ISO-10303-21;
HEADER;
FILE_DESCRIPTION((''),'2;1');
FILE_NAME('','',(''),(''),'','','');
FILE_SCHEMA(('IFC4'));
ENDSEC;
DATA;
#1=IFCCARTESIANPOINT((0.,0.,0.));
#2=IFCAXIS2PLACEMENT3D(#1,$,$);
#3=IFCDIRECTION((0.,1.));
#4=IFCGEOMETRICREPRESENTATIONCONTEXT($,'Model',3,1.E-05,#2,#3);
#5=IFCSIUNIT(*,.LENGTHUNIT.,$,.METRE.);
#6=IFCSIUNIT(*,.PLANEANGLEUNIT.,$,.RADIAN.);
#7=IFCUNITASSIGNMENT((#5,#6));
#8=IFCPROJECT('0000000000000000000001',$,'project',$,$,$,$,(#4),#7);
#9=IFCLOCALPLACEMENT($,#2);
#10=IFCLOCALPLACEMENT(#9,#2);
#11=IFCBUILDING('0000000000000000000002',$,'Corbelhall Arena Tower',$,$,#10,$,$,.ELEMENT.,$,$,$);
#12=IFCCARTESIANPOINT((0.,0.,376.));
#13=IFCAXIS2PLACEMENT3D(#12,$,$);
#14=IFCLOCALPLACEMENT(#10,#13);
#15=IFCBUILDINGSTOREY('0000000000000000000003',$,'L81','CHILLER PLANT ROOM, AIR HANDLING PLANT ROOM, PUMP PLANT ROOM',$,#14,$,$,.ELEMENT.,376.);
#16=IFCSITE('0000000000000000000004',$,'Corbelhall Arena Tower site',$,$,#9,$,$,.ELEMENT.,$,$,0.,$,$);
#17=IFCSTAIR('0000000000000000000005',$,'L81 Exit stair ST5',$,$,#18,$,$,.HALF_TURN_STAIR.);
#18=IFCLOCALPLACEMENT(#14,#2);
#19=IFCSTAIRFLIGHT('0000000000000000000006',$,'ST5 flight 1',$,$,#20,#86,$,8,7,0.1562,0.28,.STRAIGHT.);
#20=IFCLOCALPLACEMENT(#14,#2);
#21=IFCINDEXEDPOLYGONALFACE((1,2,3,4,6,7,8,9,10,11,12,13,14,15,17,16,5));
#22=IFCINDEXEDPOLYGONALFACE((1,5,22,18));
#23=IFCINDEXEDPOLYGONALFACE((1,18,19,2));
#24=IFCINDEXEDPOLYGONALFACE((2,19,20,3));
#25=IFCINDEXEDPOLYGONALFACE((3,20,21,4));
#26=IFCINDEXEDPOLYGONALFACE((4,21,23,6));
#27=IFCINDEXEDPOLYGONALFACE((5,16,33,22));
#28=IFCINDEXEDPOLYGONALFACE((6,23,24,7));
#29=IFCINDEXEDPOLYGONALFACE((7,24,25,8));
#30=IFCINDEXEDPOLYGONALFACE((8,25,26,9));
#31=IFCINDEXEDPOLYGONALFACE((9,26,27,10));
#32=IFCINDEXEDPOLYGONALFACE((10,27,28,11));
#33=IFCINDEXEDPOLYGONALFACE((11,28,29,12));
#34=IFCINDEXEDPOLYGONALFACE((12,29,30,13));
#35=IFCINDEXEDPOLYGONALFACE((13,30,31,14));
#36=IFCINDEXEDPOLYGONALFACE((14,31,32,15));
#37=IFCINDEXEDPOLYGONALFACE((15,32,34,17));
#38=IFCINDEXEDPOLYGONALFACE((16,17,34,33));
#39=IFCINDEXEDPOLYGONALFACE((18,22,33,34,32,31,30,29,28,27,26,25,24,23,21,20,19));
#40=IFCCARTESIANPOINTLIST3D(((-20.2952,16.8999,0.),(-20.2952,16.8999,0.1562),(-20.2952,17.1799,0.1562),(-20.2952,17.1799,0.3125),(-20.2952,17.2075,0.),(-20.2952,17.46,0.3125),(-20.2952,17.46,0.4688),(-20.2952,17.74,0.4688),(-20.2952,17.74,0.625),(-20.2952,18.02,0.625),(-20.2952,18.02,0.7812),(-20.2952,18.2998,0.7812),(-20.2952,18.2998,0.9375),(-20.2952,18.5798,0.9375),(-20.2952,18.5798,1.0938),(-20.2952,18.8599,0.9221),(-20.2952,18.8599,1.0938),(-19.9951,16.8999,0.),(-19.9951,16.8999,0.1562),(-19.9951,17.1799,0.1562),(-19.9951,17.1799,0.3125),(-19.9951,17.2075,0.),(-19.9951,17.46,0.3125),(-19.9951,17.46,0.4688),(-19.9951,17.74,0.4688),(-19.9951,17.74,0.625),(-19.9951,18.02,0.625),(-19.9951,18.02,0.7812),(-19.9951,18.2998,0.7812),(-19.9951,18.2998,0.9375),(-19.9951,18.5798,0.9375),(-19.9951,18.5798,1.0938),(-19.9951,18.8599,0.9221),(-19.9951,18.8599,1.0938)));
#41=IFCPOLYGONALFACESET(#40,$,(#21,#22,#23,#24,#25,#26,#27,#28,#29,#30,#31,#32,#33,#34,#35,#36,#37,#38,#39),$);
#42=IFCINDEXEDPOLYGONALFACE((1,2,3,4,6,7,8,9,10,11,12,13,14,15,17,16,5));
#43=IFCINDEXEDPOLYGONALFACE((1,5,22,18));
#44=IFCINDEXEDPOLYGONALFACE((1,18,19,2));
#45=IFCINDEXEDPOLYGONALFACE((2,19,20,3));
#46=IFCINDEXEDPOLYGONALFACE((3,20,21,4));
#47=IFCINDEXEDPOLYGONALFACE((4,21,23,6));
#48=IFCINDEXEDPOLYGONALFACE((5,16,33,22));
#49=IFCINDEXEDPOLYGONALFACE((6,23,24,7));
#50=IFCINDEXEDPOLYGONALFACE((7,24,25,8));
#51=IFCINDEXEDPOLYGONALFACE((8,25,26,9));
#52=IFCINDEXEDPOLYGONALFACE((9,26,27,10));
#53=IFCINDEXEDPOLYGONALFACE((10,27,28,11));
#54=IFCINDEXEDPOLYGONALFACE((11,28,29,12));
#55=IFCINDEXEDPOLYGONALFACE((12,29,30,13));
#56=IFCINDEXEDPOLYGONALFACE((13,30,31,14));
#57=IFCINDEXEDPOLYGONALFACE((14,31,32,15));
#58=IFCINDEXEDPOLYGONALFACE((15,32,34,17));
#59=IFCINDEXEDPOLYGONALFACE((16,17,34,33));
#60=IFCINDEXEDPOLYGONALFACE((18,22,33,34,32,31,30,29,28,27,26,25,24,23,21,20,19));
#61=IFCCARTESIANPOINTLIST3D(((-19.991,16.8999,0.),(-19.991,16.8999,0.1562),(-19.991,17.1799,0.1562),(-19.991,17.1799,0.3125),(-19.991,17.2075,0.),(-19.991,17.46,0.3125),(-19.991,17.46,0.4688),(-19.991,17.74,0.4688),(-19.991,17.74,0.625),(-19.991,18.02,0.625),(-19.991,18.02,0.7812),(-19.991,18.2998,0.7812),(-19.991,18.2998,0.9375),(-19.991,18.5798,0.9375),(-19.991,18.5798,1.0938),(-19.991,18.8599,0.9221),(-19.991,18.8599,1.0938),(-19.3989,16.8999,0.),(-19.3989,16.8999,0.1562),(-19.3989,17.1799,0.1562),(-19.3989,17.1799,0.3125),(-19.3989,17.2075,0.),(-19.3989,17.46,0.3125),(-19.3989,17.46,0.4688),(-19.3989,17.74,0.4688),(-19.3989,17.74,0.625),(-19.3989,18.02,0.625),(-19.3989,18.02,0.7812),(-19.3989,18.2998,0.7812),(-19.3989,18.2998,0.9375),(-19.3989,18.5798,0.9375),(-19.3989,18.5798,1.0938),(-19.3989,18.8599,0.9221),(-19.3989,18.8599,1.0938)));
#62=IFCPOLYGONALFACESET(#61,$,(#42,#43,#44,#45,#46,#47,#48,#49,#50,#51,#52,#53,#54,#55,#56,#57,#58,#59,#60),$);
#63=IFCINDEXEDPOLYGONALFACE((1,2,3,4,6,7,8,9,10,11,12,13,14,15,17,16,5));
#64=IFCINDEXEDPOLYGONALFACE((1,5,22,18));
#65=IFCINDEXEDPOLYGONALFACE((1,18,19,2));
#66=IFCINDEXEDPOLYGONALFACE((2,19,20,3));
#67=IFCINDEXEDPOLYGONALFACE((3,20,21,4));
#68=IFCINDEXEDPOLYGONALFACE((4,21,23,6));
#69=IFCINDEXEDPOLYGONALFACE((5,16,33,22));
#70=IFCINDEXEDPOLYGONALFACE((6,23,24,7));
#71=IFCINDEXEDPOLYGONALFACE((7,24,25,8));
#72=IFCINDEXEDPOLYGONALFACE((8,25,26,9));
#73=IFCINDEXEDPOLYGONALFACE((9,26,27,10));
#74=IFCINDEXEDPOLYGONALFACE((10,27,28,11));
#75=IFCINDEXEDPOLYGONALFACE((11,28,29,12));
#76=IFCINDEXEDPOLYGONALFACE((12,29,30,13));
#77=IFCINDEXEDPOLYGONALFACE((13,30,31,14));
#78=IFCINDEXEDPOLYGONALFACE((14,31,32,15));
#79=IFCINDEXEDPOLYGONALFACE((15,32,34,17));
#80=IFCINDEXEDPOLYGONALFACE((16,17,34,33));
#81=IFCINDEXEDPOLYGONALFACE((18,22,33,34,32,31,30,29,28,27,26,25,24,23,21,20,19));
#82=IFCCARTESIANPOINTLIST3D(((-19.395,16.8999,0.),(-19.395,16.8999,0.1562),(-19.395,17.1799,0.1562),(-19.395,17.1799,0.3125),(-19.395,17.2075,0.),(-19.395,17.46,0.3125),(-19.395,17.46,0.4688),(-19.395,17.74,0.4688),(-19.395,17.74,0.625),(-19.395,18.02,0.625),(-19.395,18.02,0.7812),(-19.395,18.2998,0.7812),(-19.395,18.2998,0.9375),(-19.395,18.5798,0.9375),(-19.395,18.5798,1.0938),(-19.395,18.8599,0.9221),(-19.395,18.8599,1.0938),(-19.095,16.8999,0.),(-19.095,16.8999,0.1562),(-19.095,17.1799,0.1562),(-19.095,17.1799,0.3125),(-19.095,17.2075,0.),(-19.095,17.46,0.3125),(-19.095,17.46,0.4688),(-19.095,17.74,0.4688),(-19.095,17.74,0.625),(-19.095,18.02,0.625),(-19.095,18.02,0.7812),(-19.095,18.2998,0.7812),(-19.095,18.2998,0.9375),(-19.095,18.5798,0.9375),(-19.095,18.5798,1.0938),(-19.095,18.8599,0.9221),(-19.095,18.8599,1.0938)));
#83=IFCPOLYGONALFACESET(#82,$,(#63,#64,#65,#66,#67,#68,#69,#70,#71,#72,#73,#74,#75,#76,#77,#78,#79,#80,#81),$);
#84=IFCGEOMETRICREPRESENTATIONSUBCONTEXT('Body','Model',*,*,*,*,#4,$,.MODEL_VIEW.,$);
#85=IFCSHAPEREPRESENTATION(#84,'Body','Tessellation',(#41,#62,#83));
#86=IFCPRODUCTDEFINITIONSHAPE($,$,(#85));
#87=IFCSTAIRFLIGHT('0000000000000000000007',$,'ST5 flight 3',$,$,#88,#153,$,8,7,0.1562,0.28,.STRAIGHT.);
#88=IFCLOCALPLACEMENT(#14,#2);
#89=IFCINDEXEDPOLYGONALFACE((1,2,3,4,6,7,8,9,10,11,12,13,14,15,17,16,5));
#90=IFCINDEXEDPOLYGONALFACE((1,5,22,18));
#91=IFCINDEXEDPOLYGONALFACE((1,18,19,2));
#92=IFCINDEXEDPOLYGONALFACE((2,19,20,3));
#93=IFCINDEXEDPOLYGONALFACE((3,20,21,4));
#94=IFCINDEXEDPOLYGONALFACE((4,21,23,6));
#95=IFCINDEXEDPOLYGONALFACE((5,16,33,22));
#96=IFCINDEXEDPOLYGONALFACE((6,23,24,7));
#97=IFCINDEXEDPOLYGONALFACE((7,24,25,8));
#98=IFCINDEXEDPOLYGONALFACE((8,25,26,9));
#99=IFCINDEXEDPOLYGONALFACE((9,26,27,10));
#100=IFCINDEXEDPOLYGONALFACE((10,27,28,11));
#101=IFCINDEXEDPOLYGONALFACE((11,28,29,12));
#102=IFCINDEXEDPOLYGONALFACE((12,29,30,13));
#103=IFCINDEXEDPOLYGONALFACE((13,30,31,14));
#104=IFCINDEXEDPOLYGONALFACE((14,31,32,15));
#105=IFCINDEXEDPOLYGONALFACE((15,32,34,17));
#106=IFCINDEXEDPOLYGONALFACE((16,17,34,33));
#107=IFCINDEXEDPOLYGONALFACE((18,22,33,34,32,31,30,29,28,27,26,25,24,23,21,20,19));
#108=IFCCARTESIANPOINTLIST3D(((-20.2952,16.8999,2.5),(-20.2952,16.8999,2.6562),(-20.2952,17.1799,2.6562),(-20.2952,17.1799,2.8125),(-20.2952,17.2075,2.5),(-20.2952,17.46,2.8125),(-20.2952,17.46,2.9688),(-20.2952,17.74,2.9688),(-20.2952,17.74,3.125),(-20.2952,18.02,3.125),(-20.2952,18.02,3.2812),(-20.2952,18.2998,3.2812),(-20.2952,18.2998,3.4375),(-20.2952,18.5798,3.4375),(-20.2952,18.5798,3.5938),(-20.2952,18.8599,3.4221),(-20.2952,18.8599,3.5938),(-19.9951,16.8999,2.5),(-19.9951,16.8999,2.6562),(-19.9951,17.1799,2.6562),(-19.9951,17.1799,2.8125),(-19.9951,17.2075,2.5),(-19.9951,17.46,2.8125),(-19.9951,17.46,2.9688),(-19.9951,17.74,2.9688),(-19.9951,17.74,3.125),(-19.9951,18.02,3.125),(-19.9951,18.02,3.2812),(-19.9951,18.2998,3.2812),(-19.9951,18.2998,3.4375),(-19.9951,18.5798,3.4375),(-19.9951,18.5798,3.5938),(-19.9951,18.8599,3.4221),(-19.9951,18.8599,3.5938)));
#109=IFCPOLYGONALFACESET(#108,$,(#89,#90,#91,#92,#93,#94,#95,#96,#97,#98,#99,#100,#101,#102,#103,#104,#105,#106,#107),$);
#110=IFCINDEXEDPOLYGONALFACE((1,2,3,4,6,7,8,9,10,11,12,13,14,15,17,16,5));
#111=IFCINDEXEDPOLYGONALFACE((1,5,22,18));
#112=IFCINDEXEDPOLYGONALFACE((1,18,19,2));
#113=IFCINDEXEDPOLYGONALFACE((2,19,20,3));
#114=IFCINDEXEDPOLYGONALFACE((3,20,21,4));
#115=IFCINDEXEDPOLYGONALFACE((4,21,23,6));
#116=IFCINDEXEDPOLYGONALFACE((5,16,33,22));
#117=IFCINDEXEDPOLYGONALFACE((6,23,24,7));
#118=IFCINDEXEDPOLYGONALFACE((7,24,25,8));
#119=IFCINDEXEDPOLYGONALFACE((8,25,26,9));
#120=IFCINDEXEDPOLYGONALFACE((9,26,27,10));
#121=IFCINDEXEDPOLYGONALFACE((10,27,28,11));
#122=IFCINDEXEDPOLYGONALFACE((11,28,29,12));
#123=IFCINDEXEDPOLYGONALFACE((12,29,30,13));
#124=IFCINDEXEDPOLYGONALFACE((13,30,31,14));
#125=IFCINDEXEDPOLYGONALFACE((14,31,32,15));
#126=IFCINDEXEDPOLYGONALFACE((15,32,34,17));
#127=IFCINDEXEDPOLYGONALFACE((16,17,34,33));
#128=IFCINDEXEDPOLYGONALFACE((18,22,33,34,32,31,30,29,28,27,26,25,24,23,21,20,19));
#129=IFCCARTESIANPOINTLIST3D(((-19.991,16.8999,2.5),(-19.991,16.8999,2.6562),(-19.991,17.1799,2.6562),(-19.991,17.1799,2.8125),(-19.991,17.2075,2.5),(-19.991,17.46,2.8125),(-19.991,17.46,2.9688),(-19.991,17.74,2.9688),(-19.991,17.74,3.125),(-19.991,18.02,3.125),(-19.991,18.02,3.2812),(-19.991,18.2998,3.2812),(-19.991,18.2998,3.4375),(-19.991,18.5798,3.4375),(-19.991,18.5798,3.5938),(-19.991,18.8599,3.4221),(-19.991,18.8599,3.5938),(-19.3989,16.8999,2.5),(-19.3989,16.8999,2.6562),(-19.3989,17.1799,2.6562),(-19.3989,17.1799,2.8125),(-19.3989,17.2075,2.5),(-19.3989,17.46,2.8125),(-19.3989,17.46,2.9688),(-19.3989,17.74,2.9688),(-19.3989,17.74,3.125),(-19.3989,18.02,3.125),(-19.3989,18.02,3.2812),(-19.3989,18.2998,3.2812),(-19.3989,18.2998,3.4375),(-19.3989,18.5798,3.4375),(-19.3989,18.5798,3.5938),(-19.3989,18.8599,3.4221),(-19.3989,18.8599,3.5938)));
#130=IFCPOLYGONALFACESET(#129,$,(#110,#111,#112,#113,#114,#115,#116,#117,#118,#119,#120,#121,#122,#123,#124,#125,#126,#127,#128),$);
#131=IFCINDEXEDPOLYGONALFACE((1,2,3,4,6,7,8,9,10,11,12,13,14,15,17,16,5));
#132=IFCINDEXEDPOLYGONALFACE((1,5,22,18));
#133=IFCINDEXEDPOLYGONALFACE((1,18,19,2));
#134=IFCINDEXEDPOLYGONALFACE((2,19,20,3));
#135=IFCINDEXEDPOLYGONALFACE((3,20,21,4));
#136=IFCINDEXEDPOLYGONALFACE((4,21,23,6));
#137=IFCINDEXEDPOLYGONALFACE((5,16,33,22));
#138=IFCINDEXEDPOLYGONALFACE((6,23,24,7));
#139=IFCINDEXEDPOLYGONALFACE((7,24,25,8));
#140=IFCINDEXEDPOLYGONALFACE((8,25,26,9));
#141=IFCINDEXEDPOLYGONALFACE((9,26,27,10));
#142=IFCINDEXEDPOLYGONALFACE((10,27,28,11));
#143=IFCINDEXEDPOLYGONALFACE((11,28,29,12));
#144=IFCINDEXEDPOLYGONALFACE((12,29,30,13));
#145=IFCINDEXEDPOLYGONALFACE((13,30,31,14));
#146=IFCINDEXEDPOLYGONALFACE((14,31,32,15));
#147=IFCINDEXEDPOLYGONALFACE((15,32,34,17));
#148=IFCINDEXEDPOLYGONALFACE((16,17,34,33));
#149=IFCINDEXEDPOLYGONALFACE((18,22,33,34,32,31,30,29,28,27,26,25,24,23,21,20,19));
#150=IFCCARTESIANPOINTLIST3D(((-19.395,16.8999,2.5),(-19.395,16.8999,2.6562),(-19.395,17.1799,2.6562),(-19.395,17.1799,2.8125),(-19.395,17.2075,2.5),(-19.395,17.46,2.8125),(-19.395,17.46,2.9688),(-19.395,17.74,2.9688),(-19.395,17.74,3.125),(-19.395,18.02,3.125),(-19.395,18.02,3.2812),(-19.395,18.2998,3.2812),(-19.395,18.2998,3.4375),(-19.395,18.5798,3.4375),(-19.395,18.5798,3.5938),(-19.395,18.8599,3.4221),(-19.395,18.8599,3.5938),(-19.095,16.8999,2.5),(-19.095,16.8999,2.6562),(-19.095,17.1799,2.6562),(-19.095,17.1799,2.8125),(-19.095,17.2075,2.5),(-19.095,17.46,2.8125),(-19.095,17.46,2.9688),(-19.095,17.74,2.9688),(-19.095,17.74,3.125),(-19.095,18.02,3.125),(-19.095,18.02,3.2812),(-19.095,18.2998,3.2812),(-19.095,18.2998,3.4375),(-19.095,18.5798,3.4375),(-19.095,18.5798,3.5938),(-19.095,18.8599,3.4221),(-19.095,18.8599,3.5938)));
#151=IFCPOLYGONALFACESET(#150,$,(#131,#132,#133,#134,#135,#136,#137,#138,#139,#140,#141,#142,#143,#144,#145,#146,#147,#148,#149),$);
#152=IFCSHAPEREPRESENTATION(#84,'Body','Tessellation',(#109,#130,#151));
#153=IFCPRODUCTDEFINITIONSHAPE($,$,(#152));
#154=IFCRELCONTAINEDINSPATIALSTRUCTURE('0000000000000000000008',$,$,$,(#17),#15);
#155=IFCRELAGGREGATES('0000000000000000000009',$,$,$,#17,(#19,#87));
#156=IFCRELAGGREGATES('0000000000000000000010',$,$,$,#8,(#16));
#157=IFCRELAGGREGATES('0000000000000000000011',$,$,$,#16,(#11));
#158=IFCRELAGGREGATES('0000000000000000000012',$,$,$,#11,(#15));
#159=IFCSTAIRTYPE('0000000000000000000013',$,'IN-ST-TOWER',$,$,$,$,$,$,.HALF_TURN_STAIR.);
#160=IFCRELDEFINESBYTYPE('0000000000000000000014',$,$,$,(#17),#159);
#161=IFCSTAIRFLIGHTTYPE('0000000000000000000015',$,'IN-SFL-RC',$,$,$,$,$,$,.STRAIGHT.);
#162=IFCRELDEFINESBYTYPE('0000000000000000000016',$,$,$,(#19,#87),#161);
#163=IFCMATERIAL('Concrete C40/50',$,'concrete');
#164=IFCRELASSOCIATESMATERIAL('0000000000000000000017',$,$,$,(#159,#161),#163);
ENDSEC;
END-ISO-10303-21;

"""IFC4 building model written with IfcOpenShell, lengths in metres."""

from ifc_helpers import new_model, si_unit, direction, frame, origin, place, context, subcontext, project, spatial, polyline, outline, extrude, material, type_object, element, aggregate, save


model = new_model("IFC4")

# Units and contexts
model_context = context("Model", 3, precision=1e-05, world=origin(), true_north=direction((0.0, 1.0)))
body_context = subcontext(model_context, "Body", "Model", "MODEL_VIEW")
ifc_project = project(units=[si_unit("LENGTHUNIT", "METRE"), si_unit("PLANEANGLEUNIT", "RADIAN")], contexts=[model_context])

# Site, building, storey
site_placement = place(None, origin())
site = spatial("IfcSite", under=ifc_project, at=site_placement, Name="Corbelhall Arena Tower site", CompositionType="ELEMENT", RefElevation=0.0)
building_placement = place(site_placement, origin())
building = spatial("IfcBuilding", under=site, at=building_placement, Name="Corbelhall Arena Tower", CompositionType="ELEMENT")
storey_placement = place(building_placement, frame((0.0, 0.0, 376.0)))
storey = spatial("IfcBuildingStorey", under=building, at=storey_placement, Name="L81", Description="CHILLER PLANT ROOM, AIR HANDLING PLANT ROOM, PUMP PLANT ROOM", CompositionType="ELEMENT", Elevation=376.0)

# Shared definitions
ifc_material_1 = material(Name="Concrete C40/50", Category="concrete")

# Stair, stair flights
stair_type = type_object("IfcStairType", Name="IN-ST-TOWER", PredefinedType="HALF_TURN_STAIR", material=ifc_material_1)
stair_placement = place(storey_placement, origin())
stair = element("IfcStair", 1, at=stair_placement, inside=storey, type_object=stair_type, Name="L81 Exit stair ST5", PredefinedType="HALF_TURN_STAIR")
stair_flight_type = type_object("IfcStairFlightType", Name="IN-SFL-RC", PredefinedType="STRAIGHT", material=ifc_material_1)
stair_flight_1_placement = place(storey_placement, frame((-19.6951, 16.8999, 0.0), z_axis=(0.0, 0.0, 1.0), x_axis=(0.0, 1.0, 0.0)))
stair_flight_1 = element("IfcStairFlight", 2, at=stair_flight_1_placement, type_object=stair_flight_type, Name="ST5 flight 1", NumberOfRisers=8, NumberOfTreads=7, PredefinedType="STRAIGHT", RiserHeight=0.1562, TreadLength=0.28, context=body_context, shape_type="SweptSolid", body=[
    extrude(outline(polyline([(0.0, 0.0), (0.0, 0.1562), (0.28, 0.1562), (0.28, 0.3125), (0.5601, 0.3125), (0.5601, 0.4688), (0.8401, 0.4688), (0.8401, 0.625), (1.1201, 0.625), (1.1201, 0.7812), (1.3999, 0.7812), (1.3999, 0.9375), (1.6799, 0.9375), (1.6799, 1.0938), (1.96, 1.0938), (1.96, 1.25), (1.96, 0.9221), (0.3076, 0.0), (0.0, 0.0)])), frame((0.0, 0.6001, 0.0), z_axis=(0.0, -1.0, 0.0), x_axis=(1.0, 0.0, 0.0)), (0.0, 0.0, 1.0), 0.3),
    extrude(outline(polyline([(0.0, 0.0), (0.0, 0.1562), (0.28, 0.1562), (0.28, 0.3125), (0.5601, 0.3125), (0.5601, 0.4688), (0.8401, 0.4688), (0.8401, 0.625), (1.1201, 0.625), (1.1201, 0.7812), (1.3999, 0.7812), (1.3999, 0.9375), (1.6799, 0.9375), (1.6799, 1.0938), (1.96, 1.0938), (1.96, 1.25), (1.96, 0.9221), (0.3076, 0.0), (0.0, 0.0)])), frame((0.0, 0.2959, 0.0), z_axis=(0.0, -1.0, 0.0), x_axis=(1.0, 0.0, 0.0)), (0.0, 0.0, 1.0), 0.592),
    extrude(outline(polyline([(0.0, 0.0), (0.0, 0.1562), (0.28, 0.1562), (0.28, 0.3125), (0.5601, 0.3125), (0.5601, 0.4688), (0.8401, 0.4688), (0.8401, 0.625), (1.1201, 0.625), (1.1201, 0.7812), (1.3999, 0.7812), (1.3999, 0.9375), (1.6799, 0.9375), (1.6799, 1.0938), (1.96, 1.0938), (1.96, 1.25), (1.96, 0.9221), (0.3076, 0.0), (0.0, 0.0)])), frame((0.0, -0.3, 0.0), z_axis=(0.0, -1.0, 0.0), x_axis=(1.0, 0.0, 0.0)), (0.0, 0.0, 1.0), 0.3),
])
stair_flight_2_placement = place(storey_placement, frame((-19.6951, 16.8999, 2.5), z_axis=(0.0, 0.0, 1.0), x_axis=(0.0, 1.0, 0.0)))
stair_flight_2 = element("IfcStairFlight", 3, at=stair_flight_2_placement, type_object=stair_flight_type, Name="ST5 flight 3", NumberOfRisers=8, NumberOfTreads=7, PredefinedType="STRAIGHT", RiserHeight=0.1562, TreadLength=0.28, context=body_context, shape_type="SweptSolid", body=[
    extrude(outline(polyline([(0.0, 0.0), (0.0, 0.1562), (0.28, 0.1562), (0.28, 0.3125), (0.5601, 0.3125), (0.5601, 0.4688), (0.8401, 0.4688), (0.8401, 0.625), (1.1201, 0.625), (1.1201, 0.7812), (1.3999, 0.7812), (1.3999, 0.9375), (1.6799, 0.9375), (1.6799, 1.0938), (1.96, 1.0938), (1.96, 1.25), (1.96, 0.9221), (0.3076, 0.0), (0.0, 0.0)])), frame((0.0, 0.6001, 0.0), z_axis=(0.0, -1.0, 0.0), x_axis=(1.0, 0.0, 0.0)), (0.0, 0.0, 1.0), 0.3),
    extrude(outline(polyline([(0.0, 0.0), (0.0, 0.1562), (0.28, 0.1562), (0.28, 0.3125), (0.5601, 0.3125), (0.5601, 0.4688), (0.8401, 0.4688), (0.8401, 0.625), (1.1201, 0.625), (1.1201, 0.7812), (1.3999, 0.7812), (1.3999, 0.9375), (1.6799, 0.9375), (1.6799, 1.0938), (1.96, 1.0938), (1.96, 1.25), (1.96, 0.9221), (0.3076, 0.0), (0.0, 0.0)])), frame((0.0, 0.2959, 0.0), z_axis=(0.0, -1.0, 0.0), x_axis=(1.0, 0.0, 0.0)), (0.0, 0.0, 1.0), 0.592),
    extrude(outline(polyline([(0.0, 0.0), (0.0, 0.1562), (0.28, 0.1562), (0.28, 0.3125), (0.5601, 0.3125), (0.5601, 0.4688), (0.8401, 0.4688), (0.8401, 0.625), (1.1201, 0.625), (1.1201, 0.7812), (1.3999, 0.7812), (1.3999, 0.9375), (1.6799, 0.9375), (1.6799, 1.0938), (1.96, 1.0938), (1.96, 1.25), (1.96, 0.9221), (0.3076, 0.0), (0.0, 0.0)])), frame((0.0, -0.3, 0.0), z_axis=(0.0, -1.0, 0.0), x_axis=(1.0, 0.0, 0.0)), (0.0, 0.0, 1.0), 0.3),
])
aggregate(stair, [stair_flight_1, stair_flight_2])

save(model, "model.ifc")
